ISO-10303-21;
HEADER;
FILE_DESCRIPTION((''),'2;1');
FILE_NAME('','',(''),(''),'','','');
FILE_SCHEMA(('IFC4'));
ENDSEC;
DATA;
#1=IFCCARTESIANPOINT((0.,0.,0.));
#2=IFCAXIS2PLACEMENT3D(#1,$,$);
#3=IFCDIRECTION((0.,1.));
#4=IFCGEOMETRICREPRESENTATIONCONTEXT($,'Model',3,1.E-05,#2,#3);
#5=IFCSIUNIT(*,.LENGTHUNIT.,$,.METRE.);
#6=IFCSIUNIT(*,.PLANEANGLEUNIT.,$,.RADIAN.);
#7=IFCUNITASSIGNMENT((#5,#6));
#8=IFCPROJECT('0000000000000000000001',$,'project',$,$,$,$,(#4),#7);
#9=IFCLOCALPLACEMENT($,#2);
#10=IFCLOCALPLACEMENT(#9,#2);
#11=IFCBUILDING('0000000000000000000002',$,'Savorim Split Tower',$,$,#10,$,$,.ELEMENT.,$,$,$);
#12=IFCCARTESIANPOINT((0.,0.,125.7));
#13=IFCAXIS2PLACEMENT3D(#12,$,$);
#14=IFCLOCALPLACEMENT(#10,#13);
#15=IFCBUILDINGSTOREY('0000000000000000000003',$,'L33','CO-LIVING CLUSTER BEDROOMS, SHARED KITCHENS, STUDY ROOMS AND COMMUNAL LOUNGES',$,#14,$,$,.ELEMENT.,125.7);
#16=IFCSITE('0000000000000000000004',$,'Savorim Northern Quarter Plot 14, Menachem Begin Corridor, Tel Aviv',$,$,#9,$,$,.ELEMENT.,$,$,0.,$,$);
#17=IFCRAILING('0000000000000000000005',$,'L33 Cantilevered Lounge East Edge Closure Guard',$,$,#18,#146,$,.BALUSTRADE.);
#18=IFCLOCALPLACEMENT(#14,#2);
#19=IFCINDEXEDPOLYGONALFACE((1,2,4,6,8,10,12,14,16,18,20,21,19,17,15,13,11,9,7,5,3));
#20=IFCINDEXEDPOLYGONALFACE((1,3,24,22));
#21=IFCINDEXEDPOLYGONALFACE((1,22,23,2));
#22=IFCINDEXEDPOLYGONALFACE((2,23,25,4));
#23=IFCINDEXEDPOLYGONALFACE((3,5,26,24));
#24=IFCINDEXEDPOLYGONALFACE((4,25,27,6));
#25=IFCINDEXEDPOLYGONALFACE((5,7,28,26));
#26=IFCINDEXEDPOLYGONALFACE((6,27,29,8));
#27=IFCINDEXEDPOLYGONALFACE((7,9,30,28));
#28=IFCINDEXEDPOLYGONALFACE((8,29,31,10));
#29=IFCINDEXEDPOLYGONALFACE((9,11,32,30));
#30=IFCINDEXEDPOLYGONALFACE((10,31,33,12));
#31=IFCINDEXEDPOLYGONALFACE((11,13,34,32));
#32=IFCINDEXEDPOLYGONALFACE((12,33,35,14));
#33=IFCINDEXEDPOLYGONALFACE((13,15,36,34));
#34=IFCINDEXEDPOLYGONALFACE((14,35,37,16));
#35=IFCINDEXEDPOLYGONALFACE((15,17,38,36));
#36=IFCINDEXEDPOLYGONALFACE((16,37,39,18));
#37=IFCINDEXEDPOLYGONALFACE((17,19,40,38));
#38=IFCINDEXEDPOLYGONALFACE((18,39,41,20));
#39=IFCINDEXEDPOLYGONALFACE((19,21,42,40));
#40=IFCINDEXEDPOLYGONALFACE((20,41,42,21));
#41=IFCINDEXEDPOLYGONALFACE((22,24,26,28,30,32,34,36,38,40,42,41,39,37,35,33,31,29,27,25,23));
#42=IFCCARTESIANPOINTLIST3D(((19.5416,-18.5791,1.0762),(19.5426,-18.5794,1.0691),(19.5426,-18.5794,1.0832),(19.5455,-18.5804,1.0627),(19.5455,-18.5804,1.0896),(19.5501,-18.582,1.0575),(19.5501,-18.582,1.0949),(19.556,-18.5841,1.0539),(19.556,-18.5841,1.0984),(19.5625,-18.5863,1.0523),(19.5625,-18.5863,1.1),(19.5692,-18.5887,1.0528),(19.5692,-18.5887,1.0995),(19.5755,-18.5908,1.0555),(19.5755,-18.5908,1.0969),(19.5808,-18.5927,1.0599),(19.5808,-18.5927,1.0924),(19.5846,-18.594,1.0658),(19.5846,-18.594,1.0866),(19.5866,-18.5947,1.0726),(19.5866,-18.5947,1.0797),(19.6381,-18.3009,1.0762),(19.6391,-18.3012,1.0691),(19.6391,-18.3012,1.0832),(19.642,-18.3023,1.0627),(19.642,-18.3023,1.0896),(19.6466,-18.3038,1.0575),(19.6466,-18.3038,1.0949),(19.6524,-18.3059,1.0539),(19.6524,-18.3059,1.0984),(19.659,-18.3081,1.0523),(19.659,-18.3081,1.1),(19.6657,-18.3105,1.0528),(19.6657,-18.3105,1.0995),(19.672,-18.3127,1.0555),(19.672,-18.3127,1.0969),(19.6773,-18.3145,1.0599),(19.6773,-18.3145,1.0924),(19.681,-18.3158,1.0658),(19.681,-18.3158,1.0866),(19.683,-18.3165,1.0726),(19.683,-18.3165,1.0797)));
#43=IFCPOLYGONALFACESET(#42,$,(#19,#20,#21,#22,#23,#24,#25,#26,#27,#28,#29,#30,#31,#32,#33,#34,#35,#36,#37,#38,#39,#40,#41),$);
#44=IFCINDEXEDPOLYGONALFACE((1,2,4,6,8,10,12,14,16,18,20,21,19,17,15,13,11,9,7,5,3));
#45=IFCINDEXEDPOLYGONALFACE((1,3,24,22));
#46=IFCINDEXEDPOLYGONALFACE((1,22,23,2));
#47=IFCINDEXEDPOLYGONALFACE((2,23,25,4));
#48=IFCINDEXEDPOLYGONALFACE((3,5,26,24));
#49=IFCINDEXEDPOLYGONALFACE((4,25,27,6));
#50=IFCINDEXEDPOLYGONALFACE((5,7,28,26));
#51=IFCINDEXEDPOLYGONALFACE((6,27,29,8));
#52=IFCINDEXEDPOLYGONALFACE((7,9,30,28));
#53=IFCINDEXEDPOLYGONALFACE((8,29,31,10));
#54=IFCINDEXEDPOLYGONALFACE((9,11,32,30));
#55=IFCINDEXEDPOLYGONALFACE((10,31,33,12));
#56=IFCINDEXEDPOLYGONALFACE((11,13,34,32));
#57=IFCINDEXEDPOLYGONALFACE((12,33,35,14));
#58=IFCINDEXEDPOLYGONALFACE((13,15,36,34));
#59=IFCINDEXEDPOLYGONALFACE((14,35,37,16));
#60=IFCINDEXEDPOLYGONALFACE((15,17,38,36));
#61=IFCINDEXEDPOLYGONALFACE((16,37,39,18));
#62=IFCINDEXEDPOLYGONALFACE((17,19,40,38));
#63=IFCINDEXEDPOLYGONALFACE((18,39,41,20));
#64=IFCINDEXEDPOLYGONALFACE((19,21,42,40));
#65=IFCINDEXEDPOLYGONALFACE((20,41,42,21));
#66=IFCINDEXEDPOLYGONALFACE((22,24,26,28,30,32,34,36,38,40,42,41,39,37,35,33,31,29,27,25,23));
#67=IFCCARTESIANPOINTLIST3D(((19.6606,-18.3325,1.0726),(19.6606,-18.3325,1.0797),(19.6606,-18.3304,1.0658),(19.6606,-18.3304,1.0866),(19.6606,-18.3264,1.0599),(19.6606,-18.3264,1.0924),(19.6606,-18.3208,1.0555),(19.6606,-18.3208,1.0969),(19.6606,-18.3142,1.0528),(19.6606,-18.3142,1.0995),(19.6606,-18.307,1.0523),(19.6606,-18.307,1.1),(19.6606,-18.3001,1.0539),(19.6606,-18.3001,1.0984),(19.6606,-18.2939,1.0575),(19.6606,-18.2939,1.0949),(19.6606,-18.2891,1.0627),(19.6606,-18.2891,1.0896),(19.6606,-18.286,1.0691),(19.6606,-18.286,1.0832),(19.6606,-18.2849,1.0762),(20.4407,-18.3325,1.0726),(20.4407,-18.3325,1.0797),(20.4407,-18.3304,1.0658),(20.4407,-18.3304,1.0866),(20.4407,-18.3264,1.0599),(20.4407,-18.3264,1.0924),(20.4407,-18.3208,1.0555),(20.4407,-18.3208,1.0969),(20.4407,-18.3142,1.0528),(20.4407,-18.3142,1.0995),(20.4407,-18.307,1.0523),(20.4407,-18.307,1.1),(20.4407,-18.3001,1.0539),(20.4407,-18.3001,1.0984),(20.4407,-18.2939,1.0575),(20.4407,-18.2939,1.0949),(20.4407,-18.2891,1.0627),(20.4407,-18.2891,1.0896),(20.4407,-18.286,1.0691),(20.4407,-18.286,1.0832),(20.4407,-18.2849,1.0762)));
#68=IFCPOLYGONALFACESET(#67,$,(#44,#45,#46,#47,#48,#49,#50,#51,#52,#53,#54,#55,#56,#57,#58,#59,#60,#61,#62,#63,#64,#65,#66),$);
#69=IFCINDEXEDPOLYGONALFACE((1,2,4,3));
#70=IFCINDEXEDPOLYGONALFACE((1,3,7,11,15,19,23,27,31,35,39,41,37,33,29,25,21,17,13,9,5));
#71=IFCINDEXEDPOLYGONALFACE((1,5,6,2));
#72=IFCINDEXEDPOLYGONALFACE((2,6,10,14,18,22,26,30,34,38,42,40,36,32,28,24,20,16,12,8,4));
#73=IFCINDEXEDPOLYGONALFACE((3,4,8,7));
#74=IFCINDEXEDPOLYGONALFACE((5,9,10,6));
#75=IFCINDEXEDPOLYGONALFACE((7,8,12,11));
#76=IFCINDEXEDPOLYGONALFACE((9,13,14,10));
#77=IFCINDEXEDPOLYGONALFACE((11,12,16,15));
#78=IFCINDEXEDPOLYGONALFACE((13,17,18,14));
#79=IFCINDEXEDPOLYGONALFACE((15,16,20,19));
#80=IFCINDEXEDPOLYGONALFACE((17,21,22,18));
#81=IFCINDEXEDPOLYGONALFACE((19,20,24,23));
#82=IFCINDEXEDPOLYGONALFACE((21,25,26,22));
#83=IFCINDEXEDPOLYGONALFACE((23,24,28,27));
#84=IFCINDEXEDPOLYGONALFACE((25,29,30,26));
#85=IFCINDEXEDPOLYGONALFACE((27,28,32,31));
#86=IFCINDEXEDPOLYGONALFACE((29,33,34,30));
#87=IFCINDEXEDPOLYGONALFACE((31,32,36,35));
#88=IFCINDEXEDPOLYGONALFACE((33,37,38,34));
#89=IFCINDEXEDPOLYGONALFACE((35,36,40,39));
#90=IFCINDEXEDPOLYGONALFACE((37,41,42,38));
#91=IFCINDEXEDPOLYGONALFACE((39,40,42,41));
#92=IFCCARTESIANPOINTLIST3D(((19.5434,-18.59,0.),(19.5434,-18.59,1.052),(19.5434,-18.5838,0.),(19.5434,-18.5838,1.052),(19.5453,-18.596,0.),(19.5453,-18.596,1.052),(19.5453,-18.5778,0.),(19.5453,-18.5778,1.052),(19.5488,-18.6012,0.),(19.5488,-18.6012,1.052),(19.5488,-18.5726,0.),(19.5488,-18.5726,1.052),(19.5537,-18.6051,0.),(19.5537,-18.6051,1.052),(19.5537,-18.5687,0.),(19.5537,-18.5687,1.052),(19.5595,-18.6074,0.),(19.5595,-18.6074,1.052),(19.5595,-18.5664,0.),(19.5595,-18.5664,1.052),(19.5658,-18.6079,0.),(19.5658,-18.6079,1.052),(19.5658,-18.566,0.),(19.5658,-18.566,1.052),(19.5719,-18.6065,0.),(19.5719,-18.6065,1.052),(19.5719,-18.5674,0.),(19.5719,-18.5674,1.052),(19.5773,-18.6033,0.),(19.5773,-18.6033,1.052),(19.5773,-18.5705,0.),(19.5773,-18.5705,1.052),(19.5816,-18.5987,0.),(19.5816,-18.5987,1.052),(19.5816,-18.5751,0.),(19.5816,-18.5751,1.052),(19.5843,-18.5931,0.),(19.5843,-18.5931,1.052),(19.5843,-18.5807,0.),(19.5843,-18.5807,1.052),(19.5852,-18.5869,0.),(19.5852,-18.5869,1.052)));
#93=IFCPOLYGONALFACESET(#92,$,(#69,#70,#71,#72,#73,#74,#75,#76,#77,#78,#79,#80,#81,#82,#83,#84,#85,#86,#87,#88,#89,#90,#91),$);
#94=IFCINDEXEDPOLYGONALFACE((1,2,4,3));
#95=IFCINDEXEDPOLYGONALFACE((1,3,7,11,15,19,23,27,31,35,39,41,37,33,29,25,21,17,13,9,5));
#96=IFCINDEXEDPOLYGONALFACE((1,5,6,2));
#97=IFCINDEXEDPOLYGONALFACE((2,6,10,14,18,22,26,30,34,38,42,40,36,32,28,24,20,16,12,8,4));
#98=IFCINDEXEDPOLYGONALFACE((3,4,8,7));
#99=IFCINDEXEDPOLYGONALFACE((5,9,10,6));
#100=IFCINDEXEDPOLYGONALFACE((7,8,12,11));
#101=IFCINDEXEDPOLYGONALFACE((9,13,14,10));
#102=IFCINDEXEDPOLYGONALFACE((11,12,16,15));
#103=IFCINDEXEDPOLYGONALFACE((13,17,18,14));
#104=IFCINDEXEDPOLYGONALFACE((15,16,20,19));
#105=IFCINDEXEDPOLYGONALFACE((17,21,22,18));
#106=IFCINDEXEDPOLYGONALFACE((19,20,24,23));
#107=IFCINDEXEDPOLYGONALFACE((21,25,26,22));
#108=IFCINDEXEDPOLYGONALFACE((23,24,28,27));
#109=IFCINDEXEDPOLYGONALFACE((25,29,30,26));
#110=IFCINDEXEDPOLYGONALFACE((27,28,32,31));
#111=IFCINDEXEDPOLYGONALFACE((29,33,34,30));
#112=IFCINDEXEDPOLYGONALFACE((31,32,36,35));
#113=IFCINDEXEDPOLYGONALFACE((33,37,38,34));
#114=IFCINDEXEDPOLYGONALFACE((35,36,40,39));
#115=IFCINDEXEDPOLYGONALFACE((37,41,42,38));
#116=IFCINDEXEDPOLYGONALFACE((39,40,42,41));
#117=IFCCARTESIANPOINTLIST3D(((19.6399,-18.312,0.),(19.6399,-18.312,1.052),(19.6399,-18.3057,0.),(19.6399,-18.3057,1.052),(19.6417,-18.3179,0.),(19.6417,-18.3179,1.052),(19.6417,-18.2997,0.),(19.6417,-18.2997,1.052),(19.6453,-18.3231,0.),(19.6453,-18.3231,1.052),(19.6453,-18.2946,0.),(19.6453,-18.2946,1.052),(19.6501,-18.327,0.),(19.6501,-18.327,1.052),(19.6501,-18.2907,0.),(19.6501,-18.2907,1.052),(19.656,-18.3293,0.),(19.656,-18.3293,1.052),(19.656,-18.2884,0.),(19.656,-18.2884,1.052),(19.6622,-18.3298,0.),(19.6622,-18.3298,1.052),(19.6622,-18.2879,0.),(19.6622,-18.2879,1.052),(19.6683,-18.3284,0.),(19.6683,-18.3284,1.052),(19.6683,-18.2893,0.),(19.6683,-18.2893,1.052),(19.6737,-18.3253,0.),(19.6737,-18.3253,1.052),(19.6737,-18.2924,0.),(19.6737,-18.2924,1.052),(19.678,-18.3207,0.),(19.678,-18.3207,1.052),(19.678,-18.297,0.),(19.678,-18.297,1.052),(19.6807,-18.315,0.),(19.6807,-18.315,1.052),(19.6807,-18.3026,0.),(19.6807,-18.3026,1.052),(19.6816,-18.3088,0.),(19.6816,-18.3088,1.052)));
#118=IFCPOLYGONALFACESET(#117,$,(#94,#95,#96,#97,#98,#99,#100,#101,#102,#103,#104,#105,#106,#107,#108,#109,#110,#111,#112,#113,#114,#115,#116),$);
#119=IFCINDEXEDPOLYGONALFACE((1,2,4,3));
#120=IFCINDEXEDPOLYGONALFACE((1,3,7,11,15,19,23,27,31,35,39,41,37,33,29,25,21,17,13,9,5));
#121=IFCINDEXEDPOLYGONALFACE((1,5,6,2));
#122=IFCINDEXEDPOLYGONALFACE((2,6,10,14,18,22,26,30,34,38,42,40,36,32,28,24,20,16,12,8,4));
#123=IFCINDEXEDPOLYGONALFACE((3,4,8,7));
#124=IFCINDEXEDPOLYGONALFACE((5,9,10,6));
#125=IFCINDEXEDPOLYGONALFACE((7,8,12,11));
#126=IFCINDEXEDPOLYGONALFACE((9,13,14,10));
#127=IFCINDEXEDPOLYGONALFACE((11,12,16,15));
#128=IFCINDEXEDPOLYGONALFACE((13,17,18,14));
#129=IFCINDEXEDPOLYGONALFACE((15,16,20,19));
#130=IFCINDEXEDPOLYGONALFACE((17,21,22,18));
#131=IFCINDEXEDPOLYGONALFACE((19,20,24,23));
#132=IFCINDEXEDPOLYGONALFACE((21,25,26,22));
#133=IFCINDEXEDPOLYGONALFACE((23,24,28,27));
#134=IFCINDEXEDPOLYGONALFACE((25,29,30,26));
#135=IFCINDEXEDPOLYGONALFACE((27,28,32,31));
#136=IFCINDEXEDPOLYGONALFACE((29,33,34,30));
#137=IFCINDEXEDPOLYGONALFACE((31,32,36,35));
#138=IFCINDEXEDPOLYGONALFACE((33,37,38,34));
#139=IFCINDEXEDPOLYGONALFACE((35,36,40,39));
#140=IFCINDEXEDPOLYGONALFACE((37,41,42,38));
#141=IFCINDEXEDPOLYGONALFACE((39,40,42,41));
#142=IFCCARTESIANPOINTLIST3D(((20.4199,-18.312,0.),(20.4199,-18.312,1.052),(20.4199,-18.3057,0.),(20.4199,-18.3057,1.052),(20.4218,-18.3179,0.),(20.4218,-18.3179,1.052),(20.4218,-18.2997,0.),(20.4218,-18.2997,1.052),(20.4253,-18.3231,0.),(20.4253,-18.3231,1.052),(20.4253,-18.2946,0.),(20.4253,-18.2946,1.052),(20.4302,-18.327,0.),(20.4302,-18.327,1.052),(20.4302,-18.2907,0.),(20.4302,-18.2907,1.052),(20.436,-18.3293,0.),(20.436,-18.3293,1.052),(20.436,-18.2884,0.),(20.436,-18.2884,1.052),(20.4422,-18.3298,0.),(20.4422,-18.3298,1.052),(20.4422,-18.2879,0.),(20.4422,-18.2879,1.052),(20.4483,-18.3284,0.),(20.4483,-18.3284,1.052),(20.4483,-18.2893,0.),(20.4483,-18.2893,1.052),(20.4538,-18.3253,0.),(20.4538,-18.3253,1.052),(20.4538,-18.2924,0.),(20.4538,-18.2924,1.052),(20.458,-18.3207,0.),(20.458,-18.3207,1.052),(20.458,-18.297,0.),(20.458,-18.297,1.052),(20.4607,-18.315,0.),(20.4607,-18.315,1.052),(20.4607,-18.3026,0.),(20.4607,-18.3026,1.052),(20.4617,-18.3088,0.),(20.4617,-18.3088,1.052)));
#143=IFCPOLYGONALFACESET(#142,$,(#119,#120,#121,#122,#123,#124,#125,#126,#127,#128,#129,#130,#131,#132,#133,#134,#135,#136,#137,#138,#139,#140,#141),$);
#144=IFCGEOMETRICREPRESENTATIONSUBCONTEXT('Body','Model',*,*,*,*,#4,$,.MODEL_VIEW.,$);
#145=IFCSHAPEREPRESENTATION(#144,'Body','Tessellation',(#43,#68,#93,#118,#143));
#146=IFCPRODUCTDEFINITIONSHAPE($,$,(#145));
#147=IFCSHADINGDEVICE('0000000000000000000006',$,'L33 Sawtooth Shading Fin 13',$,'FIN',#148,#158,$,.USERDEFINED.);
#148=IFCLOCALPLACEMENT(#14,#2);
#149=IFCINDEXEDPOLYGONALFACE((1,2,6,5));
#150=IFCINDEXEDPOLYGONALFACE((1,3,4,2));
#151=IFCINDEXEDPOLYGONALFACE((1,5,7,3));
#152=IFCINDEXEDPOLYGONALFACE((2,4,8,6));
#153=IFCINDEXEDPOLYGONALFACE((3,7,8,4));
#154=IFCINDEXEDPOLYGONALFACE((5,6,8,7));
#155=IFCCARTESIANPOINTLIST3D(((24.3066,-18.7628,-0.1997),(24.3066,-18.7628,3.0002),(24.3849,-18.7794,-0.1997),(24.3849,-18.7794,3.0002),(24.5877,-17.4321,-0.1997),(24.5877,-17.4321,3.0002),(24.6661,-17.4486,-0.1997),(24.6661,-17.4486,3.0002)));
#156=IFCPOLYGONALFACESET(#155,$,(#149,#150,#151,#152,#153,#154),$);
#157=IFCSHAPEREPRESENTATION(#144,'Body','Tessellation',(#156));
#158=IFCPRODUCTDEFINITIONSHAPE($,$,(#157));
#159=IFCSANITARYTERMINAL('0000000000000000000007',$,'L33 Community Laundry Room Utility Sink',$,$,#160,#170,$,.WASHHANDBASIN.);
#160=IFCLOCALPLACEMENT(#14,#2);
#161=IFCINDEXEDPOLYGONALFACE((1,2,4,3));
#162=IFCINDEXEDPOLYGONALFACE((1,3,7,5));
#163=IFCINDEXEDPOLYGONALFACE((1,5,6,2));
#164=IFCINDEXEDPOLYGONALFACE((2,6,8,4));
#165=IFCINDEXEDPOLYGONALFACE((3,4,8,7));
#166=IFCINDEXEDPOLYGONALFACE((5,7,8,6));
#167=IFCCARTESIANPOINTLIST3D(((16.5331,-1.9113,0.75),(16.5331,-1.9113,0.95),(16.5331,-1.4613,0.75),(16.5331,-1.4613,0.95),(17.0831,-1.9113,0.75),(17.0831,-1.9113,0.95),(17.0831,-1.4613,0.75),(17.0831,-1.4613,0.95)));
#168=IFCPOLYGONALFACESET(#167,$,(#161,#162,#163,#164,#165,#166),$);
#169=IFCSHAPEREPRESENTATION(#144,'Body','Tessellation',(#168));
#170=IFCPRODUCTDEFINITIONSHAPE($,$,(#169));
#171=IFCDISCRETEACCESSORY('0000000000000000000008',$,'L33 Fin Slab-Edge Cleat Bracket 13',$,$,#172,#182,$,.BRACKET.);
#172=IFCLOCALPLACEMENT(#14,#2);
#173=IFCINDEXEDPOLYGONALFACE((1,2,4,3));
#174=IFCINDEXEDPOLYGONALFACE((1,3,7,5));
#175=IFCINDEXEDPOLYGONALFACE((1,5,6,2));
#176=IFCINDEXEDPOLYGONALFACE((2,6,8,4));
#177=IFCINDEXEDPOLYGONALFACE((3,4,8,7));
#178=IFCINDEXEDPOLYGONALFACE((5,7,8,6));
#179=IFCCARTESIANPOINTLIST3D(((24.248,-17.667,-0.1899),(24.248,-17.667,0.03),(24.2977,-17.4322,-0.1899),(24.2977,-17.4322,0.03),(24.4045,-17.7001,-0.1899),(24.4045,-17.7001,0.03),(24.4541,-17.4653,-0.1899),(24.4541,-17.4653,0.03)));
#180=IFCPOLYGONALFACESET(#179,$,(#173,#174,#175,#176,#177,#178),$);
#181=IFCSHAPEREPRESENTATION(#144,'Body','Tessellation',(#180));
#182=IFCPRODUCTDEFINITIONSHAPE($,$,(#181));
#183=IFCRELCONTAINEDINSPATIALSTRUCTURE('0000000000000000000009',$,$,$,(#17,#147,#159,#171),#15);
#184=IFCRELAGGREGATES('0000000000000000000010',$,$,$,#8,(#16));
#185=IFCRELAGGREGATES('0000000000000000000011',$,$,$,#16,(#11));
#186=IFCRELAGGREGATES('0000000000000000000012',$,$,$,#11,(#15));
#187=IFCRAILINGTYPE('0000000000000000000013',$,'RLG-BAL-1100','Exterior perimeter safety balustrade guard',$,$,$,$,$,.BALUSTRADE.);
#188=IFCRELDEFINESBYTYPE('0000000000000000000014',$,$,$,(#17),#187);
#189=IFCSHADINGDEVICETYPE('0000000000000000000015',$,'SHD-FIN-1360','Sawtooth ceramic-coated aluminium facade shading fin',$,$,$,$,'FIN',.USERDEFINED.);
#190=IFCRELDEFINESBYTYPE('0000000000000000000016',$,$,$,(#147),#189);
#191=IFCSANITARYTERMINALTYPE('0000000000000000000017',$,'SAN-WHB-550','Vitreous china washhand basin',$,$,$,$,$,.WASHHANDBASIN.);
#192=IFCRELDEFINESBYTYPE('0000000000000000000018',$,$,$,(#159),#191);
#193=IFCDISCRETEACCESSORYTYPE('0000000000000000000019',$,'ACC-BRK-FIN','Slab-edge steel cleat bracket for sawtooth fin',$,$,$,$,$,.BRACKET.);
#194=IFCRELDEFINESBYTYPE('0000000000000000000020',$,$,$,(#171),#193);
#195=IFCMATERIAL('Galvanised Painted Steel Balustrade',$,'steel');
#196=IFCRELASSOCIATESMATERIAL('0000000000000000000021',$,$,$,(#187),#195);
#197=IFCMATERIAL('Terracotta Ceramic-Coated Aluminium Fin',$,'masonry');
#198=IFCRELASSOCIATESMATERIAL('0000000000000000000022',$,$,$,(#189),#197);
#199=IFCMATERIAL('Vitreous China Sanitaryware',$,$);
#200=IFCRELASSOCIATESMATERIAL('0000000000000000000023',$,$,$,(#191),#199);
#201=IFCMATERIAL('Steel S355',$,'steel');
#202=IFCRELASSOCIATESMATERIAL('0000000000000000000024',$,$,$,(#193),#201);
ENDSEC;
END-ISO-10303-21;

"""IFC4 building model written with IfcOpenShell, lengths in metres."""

from ifc_helpers import new_model, si_unit, direction, frame, origin, origin_2d, place, context, subcontext, project, spatial, rectangle, circle, extrude, material, type_object, element, save


model = new_model("IFC4")

# Units and contexts
model_context = context("Model", 3, precision=1e-05, world=origin(), true_north=direction((0.0, 1.0)))
body_context = subcontext(model_context, "Body", "Model", "MODEL_VIEW")
ifc_project = project(units=[si_unit("LENGTHUNIT", "METRE"), si_unit("PLANEANGLEUNIT", "RADIAN")], contexts=[model_context])

# Site, building, storey
site_placement = place(None, origin())
site = spatial("IfcSite", under=ifc_project, at=site_placement, Name="Savorim Northern Quarter Plot 14, Menachem Begin Corridor, Tel Aviv", CompositionType="ELEMENT", RefElevation=0.0)
building_placement = place(site_placement, origin())
building = spatial("IfcBuilding", under=site, at=building_placement, Name="Savorim Split Tower", CompositionType="ELEMENT")
storey_placement = place(building_placement, frame((0.0, 0.0, 125.7)))
storey = spatial("IfcBuildingStorey", under=building, at=storey_placement, Name="L33", Description="CO-LIVING CLUSTER BEDROOMS, SHARED KITCHENS, STUDY ROOMS AND COMMUNAL LOUNGES", CompositionType="ELEMENT", Elevation=125.7)

# Shared definitions
ifc_material_1 = material(Name="Steel S355", Category="steel")

# Railing
ifc_material_2 = material(Name="Galvanised Painted Steel Balustrade", Category="steel")
railing_type = type_object("IfcRailingType", Name="RLG-BAL-1100", Description="Exterior perimeter safety balustrade guard", PredefinedType="BALUSTRADE", material=ifc_material_2)
railing_placement = place(storey_placement, frame((19.5642, -18.5869, 0.0)))
element("IfcRailing", 1, at=railing_placement, inside=storey, type_object=railing_type, Name="L33 Cantilevered Lounge East Edge Closure Guard", PredefinedType="BALUSTRADE", context=body_context, shape_type="SweptSolid", body=[
    extrude(circle(Radius=0.0239, at=origin_2d()), frame((0.0, 0.0, 1.0762), z_axis=(0.327652, 0.944799, 0.0), x_axis=(-0.944799, 0.327652, 0.0)), (0.0, 0.0, 1.0), 0.2944),
    extrude(circle(Radius=0.0239, at=origin_2d()), frame((0.0964, 0.2781, 1.0762), z_axis=(1.0, 0.0, 0.0), x_axis=(0.0, 1.0, 0.0)), (0.0, 0.0, 1.0), 0.78),
    extrude(circle(Radius=0.021, at=origin_2d()), origin(), (0.0, 0.0, 1.0), 1.052),
    extrude(circle(Radius=0.021, at=origin_2d()), frame((0.0964, 0.2781, 0.0)), (0.0, 0.0, 1.0), 1.052),
    extrude(circle(Radius=0.021, at=origin_2d()), frame((0.8765, 0.2781, 0.0)), (0.0, 0.0, 1.0), 1.052),
])

# Shading device
ifc_material_3 = material(Name="Terracotta Ceramic-Coated Aluminium Fin", Category="masonry")
shading_device_type = type_object("IfcShadingDeviceType", Name="SHD-FIN-1360", Description="Sawtooth ceramic-coated aluminium facade shading fin", ElementType="FIN", PredefinedType="USERDEFINED", material=ifc_material_3)
shading_device_placement = place(storey_placement, frame((24.4863, -18.1057, -0.1997), z_axis=(0.0, 0.0, 1.0), x_axis=(-0.206722, -0.9784, 0.0)))
element("IfcShadingDevice", 2, at=shading_device_placement, inside=storey, type_object=shading_device_type, Name="L33 Sawtooth Shading Fin 13", ObjectType="FIN", PredefinedType="USERDEFINED", context=body_context, shape_type="SweptSolid", body=[
    extrude(rectangle(XDim=1.3601, YDim=0.0801, at=origin_2d()), origin(), (0.0, 0.0, 1.0), 3.2),
])

# Sanitary terminal
ifc_material_4 = material(Name="Vitreous China Sanitaryware")
sanitary_terminal_type = type_object("IfcSanitaryTerminalType", Name="SAN-WHB-550", Description="Vitreous china washhand basin", PredefinedType="WASHHANDBASIN", material=ifc_material_4)
sanitary_terminal_placement = place(storey_placement, frame((16.8081, -1.6863, 0.75), z_axis=(0.0, 0.0, 1.0), x_axis=(1.0, 0.0, 0.0)))
element("IfcSanitaryTerminal", 3, at=sanitary_terminal_placement, inside=storey, type_object=sanitary_terminal_type, Name="L33 Community Laundry Room Utility Sink", PredefinedType="WASHHANDBASIN", context=body_context, shape_type="SweptSolid", body=[
    extrude(rectangle(XDim=0.55, YDim=0.45, at=origin_2d()), origin(), (0.0, 0.0, 1.0), 0.2),
])

# Discrete accessory
discrete_accessory_type = type_object("IfcDiscreteAccessoryType", Name="ACC-BRK-FIN", Description="Slab-edge steel cleat bracket for sawtooth fin", PredefinedType="BRACKET", material=ifc_material_1)
discrete_accessory_placement = place(storey_placement, frame((24.3511, -17.5662, -0.1899), z_axis=(0.0, 0.0, 1.0), x_axis=(-0.206722, -0.9784, 0.0)))
element("IfcDiscreteAccessory", 4, at=discrete_accessory_placement, inside=storey, type_object=discrete_accessory_type, Name="L33 Fin Slab-Edge Cleat Bracket 13", PredefinedType="BRACKET", context=body_context, shape_type="SweptSolid", body=[
    extrude(rectangle(XDim=0.24, YDim=0.1599, at=origin_2d()), origin(), (0.0, 0.0, 1.0), 0.22),
])

save(model, "model.ifc")
